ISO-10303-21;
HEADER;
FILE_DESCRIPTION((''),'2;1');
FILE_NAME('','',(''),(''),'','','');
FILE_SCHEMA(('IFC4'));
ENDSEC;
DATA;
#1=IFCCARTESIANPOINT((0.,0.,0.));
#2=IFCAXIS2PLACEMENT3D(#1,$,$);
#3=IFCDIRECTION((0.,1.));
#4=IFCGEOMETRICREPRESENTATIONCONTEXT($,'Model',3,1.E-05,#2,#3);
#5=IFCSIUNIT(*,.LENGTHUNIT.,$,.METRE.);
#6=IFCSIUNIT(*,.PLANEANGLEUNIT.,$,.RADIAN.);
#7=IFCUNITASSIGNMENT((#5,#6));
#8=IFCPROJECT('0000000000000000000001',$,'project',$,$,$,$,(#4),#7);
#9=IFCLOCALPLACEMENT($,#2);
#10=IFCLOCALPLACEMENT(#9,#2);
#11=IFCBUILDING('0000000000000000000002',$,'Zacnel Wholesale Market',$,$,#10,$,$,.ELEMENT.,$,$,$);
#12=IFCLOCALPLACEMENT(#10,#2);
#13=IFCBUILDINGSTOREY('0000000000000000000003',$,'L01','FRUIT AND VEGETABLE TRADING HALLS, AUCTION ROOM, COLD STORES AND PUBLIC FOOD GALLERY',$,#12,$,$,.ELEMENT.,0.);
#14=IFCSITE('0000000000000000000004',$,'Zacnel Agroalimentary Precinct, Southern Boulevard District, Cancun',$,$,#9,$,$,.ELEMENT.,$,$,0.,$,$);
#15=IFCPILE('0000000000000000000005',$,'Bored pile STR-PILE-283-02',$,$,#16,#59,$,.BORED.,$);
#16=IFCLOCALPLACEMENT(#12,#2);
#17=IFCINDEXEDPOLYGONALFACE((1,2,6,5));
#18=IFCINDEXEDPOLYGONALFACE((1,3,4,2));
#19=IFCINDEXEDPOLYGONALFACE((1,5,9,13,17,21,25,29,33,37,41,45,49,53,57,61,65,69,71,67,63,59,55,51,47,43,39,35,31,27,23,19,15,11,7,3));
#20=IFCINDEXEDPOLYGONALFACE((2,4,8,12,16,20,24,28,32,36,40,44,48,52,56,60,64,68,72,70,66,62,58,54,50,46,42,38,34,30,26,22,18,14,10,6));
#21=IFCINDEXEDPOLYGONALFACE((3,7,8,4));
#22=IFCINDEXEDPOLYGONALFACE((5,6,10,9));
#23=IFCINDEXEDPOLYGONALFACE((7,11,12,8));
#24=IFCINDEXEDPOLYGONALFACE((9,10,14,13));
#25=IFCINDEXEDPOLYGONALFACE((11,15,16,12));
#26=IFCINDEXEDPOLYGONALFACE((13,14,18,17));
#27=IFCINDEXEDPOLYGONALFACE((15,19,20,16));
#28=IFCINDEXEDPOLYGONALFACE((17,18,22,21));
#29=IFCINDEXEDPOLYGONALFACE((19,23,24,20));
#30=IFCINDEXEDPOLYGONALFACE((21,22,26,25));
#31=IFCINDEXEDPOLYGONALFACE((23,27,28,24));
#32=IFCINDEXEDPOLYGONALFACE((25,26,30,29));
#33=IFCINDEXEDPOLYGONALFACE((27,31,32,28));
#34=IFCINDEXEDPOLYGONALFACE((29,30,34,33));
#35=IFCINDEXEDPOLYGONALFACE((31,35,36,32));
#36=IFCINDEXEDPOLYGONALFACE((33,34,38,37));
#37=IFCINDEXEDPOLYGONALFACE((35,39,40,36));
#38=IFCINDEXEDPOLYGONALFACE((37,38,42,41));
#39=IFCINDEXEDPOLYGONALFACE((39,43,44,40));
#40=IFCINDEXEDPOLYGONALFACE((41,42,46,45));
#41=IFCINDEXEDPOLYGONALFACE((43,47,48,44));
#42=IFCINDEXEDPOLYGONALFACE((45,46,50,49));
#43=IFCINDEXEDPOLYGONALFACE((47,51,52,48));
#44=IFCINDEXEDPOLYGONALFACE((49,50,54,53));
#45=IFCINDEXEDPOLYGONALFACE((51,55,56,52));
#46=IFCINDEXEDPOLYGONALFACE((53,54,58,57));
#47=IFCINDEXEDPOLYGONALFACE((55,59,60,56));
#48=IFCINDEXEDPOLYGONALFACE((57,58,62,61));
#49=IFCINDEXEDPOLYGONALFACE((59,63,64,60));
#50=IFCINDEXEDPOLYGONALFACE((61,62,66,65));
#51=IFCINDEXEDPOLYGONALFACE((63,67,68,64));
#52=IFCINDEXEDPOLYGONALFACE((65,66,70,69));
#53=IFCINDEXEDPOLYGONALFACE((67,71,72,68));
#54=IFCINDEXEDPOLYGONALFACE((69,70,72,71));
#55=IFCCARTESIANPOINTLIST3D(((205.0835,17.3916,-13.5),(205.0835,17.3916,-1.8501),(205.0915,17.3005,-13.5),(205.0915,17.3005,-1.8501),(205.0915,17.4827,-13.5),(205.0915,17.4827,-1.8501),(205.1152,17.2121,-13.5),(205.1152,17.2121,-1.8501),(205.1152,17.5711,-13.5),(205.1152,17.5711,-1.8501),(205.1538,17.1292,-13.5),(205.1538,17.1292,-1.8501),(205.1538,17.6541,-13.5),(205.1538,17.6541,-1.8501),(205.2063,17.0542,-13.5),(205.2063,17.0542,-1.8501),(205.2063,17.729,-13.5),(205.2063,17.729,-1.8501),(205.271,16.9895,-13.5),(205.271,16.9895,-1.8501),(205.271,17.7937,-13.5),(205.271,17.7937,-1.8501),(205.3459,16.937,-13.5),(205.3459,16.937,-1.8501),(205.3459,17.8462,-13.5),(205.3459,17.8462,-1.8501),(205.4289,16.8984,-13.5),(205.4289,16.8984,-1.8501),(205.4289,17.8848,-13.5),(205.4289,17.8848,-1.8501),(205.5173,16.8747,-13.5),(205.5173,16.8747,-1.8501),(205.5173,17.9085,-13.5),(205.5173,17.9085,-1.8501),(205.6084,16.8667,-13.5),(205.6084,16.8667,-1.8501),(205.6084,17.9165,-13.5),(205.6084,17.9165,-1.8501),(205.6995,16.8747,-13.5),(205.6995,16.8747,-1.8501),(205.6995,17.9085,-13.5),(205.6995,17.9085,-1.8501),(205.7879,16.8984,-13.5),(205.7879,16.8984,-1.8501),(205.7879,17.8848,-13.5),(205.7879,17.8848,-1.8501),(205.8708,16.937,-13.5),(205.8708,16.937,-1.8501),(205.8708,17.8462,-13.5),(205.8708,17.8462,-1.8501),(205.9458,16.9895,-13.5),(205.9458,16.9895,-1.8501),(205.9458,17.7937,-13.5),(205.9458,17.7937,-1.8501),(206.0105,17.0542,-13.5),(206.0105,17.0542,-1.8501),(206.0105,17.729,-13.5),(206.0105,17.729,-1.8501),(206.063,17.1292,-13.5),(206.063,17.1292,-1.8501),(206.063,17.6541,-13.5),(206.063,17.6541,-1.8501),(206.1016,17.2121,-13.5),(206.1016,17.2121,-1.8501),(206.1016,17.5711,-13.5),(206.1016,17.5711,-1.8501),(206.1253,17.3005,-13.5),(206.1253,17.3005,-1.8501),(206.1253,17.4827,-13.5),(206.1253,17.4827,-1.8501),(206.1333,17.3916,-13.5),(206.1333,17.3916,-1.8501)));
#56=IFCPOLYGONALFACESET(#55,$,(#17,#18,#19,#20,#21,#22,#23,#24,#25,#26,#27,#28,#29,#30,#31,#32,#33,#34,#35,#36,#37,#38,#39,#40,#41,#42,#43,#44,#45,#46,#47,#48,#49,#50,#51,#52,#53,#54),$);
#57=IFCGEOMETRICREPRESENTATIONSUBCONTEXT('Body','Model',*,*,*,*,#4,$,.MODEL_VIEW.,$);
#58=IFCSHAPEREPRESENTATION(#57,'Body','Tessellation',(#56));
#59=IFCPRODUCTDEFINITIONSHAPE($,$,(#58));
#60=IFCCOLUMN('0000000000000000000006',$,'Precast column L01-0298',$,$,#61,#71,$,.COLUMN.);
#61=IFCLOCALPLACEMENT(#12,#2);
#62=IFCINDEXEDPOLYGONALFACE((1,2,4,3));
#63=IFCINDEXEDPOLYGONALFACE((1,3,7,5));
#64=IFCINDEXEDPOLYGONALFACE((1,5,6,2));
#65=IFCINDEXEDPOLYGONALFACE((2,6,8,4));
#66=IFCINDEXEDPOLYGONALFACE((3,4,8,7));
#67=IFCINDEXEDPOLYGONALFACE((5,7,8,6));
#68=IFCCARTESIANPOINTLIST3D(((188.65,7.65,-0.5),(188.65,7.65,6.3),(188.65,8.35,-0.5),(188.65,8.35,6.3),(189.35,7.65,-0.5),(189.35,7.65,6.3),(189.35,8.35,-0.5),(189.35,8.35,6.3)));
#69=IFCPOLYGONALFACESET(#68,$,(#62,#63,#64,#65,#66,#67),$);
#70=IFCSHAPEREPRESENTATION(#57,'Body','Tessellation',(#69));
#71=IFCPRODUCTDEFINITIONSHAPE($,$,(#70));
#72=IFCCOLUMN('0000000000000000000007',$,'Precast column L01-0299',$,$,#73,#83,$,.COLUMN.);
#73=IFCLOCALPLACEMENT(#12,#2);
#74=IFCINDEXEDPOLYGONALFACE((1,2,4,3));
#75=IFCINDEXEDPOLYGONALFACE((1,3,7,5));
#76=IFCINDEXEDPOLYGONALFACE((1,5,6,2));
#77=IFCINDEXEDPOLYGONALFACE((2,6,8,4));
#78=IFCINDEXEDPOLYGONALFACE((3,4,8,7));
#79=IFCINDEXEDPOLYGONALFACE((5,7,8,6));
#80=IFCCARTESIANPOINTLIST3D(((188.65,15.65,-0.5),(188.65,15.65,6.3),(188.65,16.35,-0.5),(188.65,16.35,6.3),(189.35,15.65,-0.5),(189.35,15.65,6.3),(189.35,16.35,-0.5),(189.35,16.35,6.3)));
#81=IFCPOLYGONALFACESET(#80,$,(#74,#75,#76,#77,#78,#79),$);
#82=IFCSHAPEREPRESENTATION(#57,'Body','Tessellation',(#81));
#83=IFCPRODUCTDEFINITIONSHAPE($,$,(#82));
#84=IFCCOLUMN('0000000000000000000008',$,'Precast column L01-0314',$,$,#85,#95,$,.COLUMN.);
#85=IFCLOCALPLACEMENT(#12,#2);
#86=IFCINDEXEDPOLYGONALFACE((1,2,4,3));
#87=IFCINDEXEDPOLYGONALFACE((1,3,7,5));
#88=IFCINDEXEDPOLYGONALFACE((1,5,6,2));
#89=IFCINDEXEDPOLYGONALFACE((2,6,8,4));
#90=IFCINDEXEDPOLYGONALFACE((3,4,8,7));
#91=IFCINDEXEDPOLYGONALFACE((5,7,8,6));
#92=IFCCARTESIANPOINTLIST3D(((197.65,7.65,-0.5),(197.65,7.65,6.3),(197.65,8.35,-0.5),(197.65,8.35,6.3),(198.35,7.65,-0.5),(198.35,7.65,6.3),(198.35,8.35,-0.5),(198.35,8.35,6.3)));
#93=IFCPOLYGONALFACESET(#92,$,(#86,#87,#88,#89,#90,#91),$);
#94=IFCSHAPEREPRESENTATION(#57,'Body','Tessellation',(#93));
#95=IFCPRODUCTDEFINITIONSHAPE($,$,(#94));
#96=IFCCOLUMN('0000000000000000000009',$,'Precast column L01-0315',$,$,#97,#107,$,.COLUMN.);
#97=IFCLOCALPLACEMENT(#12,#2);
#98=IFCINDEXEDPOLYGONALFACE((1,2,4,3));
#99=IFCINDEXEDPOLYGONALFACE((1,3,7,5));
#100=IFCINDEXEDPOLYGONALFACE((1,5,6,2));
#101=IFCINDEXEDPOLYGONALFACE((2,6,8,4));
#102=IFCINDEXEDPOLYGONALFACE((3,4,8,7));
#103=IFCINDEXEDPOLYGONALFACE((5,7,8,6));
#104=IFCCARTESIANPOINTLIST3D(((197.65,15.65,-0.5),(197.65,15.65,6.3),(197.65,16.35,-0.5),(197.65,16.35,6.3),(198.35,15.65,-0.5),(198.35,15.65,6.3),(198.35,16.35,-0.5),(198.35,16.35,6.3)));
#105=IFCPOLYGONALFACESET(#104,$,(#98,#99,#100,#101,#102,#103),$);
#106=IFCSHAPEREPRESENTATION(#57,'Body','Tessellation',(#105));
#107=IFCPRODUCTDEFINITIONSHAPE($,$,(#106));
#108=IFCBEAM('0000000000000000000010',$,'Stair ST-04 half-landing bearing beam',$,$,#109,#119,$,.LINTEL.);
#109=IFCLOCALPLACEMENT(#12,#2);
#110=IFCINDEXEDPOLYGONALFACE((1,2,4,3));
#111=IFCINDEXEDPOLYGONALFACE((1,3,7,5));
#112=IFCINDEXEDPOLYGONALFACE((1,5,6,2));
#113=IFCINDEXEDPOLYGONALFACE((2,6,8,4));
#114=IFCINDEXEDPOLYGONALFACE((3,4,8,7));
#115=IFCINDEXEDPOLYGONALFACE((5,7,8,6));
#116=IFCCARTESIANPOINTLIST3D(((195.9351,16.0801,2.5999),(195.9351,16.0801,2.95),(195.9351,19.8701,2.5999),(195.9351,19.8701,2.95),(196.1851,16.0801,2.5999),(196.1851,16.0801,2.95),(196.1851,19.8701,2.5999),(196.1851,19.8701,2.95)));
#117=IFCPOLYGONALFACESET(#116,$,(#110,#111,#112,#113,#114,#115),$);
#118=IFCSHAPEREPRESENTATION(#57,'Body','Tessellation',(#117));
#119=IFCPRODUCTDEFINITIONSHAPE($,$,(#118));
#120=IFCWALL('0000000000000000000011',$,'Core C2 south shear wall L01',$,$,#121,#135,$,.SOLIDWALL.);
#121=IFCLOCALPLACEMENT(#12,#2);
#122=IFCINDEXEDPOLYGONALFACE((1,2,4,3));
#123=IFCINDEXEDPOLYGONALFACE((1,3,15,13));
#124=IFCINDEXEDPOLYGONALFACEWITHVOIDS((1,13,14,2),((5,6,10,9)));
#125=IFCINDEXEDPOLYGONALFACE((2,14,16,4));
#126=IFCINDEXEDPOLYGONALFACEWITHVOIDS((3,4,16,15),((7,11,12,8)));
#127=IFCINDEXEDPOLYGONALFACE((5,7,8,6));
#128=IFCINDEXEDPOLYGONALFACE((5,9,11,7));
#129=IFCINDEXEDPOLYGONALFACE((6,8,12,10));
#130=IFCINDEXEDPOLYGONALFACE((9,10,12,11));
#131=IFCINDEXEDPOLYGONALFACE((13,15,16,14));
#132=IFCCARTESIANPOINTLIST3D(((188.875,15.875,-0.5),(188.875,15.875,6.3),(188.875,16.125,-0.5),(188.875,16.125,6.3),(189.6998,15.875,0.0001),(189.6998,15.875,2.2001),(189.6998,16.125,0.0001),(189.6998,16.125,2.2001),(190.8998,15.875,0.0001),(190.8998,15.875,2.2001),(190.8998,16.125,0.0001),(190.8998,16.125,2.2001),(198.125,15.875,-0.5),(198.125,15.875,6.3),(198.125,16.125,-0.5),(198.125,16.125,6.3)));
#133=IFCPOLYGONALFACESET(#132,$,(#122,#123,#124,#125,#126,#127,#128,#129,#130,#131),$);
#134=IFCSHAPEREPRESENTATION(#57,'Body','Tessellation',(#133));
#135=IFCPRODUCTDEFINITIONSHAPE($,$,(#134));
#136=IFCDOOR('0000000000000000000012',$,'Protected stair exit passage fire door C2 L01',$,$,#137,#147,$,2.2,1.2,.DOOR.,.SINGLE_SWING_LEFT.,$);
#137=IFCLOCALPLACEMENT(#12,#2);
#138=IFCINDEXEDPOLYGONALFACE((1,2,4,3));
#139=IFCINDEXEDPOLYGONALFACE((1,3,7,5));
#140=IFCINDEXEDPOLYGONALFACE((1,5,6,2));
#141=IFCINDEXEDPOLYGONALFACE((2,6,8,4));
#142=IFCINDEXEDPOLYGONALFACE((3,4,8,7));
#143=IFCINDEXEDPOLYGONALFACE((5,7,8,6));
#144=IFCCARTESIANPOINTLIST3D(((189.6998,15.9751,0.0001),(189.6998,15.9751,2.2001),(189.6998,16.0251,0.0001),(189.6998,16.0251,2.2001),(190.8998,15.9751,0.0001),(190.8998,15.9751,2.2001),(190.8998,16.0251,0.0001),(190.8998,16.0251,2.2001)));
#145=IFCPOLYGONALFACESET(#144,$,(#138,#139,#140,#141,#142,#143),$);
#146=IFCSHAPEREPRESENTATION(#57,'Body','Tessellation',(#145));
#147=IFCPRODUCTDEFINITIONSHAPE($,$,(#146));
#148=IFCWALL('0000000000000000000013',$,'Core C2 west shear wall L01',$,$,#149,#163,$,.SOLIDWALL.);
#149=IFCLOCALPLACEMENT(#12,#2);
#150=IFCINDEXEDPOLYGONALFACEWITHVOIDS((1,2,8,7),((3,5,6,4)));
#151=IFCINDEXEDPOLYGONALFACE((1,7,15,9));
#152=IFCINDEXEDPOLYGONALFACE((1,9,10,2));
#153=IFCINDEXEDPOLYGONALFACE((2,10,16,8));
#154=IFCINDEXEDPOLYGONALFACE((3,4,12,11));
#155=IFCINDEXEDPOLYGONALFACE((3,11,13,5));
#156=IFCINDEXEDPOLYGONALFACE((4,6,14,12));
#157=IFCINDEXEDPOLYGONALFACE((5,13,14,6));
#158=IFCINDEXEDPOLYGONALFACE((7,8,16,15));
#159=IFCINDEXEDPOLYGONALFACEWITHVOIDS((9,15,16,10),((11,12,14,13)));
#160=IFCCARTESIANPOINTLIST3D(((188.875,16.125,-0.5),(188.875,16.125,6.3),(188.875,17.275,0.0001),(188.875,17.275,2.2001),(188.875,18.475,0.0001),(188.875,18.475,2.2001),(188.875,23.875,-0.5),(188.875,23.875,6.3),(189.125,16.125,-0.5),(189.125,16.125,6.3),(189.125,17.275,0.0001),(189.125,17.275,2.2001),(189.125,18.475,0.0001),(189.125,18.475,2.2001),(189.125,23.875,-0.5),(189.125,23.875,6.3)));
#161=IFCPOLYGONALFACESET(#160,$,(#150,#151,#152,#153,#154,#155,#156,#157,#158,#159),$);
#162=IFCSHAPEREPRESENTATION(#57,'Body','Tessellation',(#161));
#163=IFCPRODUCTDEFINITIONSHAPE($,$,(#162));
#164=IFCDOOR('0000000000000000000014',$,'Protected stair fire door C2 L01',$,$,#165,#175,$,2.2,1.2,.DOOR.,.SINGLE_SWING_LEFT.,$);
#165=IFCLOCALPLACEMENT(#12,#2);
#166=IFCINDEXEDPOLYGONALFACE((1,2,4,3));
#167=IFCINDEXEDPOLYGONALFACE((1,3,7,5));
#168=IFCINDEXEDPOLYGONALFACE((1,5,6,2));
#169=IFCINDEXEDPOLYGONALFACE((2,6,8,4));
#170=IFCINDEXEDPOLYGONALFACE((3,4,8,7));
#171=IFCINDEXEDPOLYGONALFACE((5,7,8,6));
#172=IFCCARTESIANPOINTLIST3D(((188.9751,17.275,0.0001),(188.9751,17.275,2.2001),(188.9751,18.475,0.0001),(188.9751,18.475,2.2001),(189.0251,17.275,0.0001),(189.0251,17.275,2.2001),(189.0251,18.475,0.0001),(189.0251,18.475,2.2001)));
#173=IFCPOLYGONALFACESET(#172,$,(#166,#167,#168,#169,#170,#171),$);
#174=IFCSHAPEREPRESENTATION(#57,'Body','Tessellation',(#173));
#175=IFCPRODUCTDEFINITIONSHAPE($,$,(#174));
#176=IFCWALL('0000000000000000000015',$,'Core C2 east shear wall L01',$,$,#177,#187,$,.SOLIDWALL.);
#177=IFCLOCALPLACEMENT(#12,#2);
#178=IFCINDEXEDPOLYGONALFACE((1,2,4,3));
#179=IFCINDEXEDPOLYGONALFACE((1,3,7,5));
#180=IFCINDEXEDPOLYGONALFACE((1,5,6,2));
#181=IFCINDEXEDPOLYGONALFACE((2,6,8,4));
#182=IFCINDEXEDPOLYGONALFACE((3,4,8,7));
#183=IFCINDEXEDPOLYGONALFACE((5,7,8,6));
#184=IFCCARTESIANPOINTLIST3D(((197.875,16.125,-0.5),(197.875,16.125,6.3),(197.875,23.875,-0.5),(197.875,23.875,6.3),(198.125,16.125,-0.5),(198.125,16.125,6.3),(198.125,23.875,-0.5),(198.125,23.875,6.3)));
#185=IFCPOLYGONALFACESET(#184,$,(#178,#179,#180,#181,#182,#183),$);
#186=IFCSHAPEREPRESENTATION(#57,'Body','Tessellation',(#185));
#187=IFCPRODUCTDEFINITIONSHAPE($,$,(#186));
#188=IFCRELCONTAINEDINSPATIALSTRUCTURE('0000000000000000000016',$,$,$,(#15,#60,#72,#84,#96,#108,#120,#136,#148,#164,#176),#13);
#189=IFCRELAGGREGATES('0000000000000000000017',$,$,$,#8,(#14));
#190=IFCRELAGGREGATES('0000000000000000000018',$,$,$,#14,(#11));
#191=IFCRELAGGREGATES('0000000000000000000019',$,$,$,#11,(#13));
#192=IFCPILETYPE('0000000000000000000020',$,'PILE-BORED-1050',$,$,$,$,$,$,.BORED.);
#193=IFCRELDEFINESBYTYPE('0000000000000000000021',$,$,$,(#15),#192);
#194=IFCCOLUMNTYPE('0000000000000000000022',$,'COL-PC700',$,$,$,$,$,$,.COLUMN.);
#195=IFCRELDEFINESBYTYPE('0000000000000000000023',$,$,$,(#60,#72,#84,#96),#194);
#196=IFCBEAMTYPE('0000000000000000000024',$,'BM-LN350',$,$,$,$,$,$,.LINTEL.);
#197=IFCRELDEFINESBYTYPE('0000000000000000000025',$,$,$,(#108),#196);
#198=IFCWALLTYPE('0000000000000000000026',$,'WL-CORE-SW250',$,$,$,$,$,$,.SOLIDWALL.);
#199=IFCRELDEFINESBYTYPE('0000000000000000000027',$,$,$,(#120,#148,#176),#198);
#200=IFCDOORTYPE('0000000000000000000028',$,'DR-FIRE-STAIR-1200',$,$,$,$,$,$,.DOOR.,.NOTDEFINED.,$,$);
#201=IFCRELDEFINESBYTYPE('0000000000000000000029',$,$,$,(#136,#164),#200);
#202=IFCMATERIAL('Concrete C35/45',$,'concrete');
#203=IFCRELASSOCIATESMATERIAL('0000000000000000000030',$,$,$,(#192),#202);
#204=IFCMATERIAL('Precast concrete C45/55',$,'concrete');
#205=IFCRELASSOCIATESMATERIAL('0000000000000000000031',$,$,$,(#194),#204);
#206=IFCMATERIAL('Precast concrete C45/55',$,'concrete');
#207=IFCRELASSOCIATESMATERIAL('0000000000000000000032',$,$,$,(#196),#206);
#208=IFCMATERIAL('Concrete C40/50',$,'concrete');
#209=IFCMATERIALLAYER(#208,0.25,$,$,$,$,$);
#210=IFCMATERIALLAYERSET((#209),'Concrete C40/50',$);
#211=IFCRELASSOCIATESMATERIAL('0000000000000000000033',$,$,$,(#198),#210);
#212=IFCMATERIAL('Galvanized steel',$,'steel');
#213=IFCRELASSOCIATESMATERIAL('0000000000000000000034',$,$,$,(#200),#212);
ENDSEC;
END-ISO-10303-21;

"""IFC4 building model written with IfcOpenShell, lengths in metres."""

from ifc_helpers import new_model, si_unit, direction, frame, frame_2d, origin, origin_2d, place, context, subcontext, project, spatial, rectangle, circle, extrude, material, layer, layer_set, material_profile, profile_set, type_object, element, fill, save


model = new_model("IFC4")

# Units and contexts
model_context = context("Model", 3, precision=1e-05, world=origin(), true_north=direction((0.0, 1.0)))
body_context = subcontext(model_context, "Body", "Model", "MODEL_VIEW")
ifc_project = project(units=[si_unit("LENGTHUNIT", "METRE"), si_unit("PLANEANGLEUNIT", "RADIAN")], contexts=[model_context])

# Site, building, storey
site_placement = place(None, origin())
site = spatial("IfcSite", under=ifc_project, at=site_placement, Name="Zacnel Agroalimentary Precinct, Southern Boulevard District, Cancun", CompositionType="ELEMENT", RefElevation=0.0)
building_placement = place(site_placement, origin())
building = spatial("IfcBuilding", under=site, at=building_placement, Name="Zacnel Wholesale Market", CompositionType="ELEMENT")
storey_placement = place(building_placement, origin())
storey = spatial("IfcBuildingStorey", under=building, at=storey_placement, Name="L01", Description="FRUIT AND VEGETABLE TRADING HALLS, AUCTION ROOM, COLD STORES AND PUBLIC FOOD GALLERY", CompositionType="ELEMENT", Elevation=0.0)

# Pile
ifc_material_1 = material(Name="Concrete C35/45", Category="concrete")
ifc_material_profile_1 = material_profile(ifc_material_1, circle(Radius=0.5249, at=origin_2d()), Name="BORED PILE D1050")
ifc_profile_set_1 = profile_set([ifc_material_profile_1], Name="Concrete C35/45")
pile_type = type_object("IfcPileType", Name="PILE-BORED-1050", PredefinedType="BORED", material=ifc_profile_set_1)
for number, where, z_axis, x_axis, name in (
    (1, (205.6084, 17.3916, -1.8501), (0.0, 0.0, -1.0), (1.0, 0.0, 0.0), "Bored pile STR-PILE-283-02"),
):
    element("IfcPile", number, at=place(storey_placement, frame(where, z_axis=z_axis, x_axis=x_axis)), inside=storey, type_object=pile_type, Name=name, PredefinedType="BORED", context=body_context, shape_type="SweptSolid", body=[
        extrude(circle(Radius=0.5249, at=origin_2d()), origin(), (0.0, 0.0, 1.0), 11.6499),
    ])

# Columns
ifc_material_2 = material(Name="Precast concrete C45/55", Category="concrete")
ifc_material_profile_2 = material_profile(ifc_material_2, rectangle(XDim=0.7, YDim=0.7, at=origin_2d()), Name="PC 700x700")
ifc_profile_set_2 = profile_set([ifc_material_profile_2], Name="Precast concrete C45/55")
column_type = type_object("IfcColumnType", Name="COL-PC700", PredefinedType="COLUMN", material=ifc_profile_set_2)
for number, where, z_axis, x_axis, name in (
    (2, (189.0, 8.0, -0.5), (0.0, 0.0, 1.0), (1.0, 0.0, 0.0), "Precast column L01-0298"),
    (3, (189.0, 16.0, -0.5), (0.0, 0.0, 1.0), (1.0, 0.0, 0.0), "Precast column L01-0299"),
    (4, (198.0, 8.0, -0.5), (0.0, 0.0, 1.0), (1.0, 0.0, 0.0), "Precast column L01-0314"),
    (5, (198.0, 16.0, -0.5), (0.0, 0.0, 1.0), (1.0, 0.0, 0.0), "Precast column L01-0315"),
):
    element("IfcColumn", number, at=place(storey_placement, frame(where, z_axis=z_axis, x_axis=x_axis)), inside=storey, type_object=column_type, Name=name, PredefinedType="COLUMN", context=body_context, shape_type="SweptSolid", body=[
        extrude(rectangle(XDim=0.7, YDim=0.7, at=origin_2d()), origin(), (0.0, 0.0, 1.0), 6.8),
    ])

# Beam
ifc_material_3 = material(Name="Precast concrete C45/55", Category="concrete")
ifc_material_profile_3 = material_profile(ifc_material_3, rectangle(XDim=0.25, YDim=0.3501, at=origin_2d()), Name="LN 250x350")
ifc_profile_set_3 = profile_set([ifc_material_profile_3], Name="Precast concrete C45/55")
beam_type = type_object("IfcBeamType", Name="BM-LN350", PredefinedType="LINTEL", material=ifc_profile_set_3)
beam_placement = place(storey_placement, frame((196.0601, 16.0801, 2.7749), z_axis=(0.0, 1.0, 0.0), x_axis=(-1.0, 0.0, 0.0)))
element("IfcBeam", 6, at=beam_placement, inside=storey, type_object=beam_type, Name="Stair ST-04 half-landing bearing beam", PredefinedType="LINTEL", context=body_context, shape_type="SweptSolid", body=[
    extrude(rectangle(XDim=0.25, YDim=0.3501, at=origin_2d()), origin(), (0.0, 0.0, 1.0), 3.79),
])

# Walls, openings, doors
ifc_material_4 = material(Name="Concrete C40/50", Category="concrete")
ifc_layer_1 = layer(ifc_material_4, 0.25)
ifc_layer_set_1 = layer_set([ifc_layer_1], Name="Concrete C40/50")
wall_type_1 = type_object("IfcWallType", Name="WL-CORE-SW250", PredefinedType="SOLIDWALL", material=ifc_layer_set_1)
wall_1_placement = place(storey_placement, frame((198.125, 16.0, -0.5), z_axis=(0.0, 0.0, 1.0), x_axis=(-1.0, 0.0, 0.0)))
wall_1 = element("IfcWall", 7, at=wall_1_placement, inside=storey, type_object=wall_type_1, Name="Core C2 south shear wall L01", PredefinedType="SOLIDWALL", context=body_context, shape_type="SweptSolid", body=[
    extrude(rectangle(XDim=9.25, YDim=0.25, at=frame_2d((4.625, 0.0))), origin(), (0.0, 0.0, 1.0), 6.8),
])
opening_1_placement = place(wall_1_placement, frame((7.2251, 0.0, 0.5)))
opening_1 = element("IfcOpeningElement", 8, at=opening_1_placement, cuts=wall_1, PredefinedType="OPENING", context=body_context, shape_type="SweptSolid", body=[
    extrude(rectangle(XDim=1.2, YDim=2.2, at=frame_2d((0.6001, 1.1001))), frame((0.0, 0.135, 0.0), z_axis=(0.0, -1.0, 0.0), x_axis=(1.0, 0.0, 0.0)), (0.0, 0.0, 1.0), 0.27),
])
ifc_material_5 = material(Name="Galvanized steel", Category="steel")
door_type = type_object("IfcDoorType", Name="DR-FIRE-STAIR-1200", OperationType="NOTDEFINED", PredefinedType="DOOR", material=ifc_material_5)
door_1_placement = place(opening_1_placement, origin())
door_1 = element("IfcDoor", 9, at=door_1_placement, inside=storey, type_object=door_type, Name="Protected stair exit passage fire door C2 L01", OperationType="SINGLE_SWING_LEFT", OverallHeight=2.2, OverallWidth=1.2, PredefinedType="DOOR", context=body_context, shape_type="SweptSolid", body=[
    extrude(rectangle(XDim=1.2, YDim=2.2, at=frame_2d((0.6001, 1.1001))), frame((0.0, 0.0249, 0.0), z_axis=(0.0, -1.0, 0.0), x_axis=(1.0, 0.0, 0.0)), (0.0, 0.0, 1.0), 0.05),
])
fill(opening_1, door_1)
wall_2_placement = place(storey_placement, frame((189.0, 16.125, -0.5), z_axis=(0.0, 0.0, 1.0), x_axis=(0.0, 1.0, 0.0)))
wall_2 = element("IfcWall", 10, at=wall_2_placement, inside=storey, type_object=wall_type_1, Name="Core C2 west shear wall L01", PredefinedType="SOLIDWALL", context=body_context, shape_type="SweptSolid", body=[
    extrude(rectangle(XDim=7.75, YDim=0.25, at=frame_2d((3.875, 0.0))), origin(), (0.0, 0.0, 1.0), 6.8),
])
opening_2_placement = place(wall_2_placement, frame((1.1499, 0.0, 0.5)))
opening_2 = element("IfcOpeningElement", 11, at=opening_2_placement, cuts=wall_2, PredefinedType="OPENING", context=body_context, shape_type="SweptSolid", body=[
    extrude(rectangle(XDim=1.2, YDim=2.2, at=frame_2d((0.6001, 1.1001))), frame((0.0, 0.135, 0.0), z_axis=(0.0, -1.0, 0.0), x_axis=(1.0, 0.0, 0.0)), (0.0, 0.0, 1.0), 0.27),
])
door_2_placement = place(opening_2_placement, origin())
door_2 = element("IfcDoor", 12, at=door_2_placement, inside=storey, type_object=door_type, Name="Protected stair fire door C2 L01", OperationType="SINGLE_SWING_LEFT", OverallHeight=2.2, OverallWidth=1.2, PredefinedType="DOOR", context=body_context, shape_type="SweptSolid", body=[
    extrude(rectangle(XDim=1.2, YDim=2.2, at=frame_2d((0.6001, 1.1001))), frame((0.0, 0.0249, 0.0), z_axis=(0.0, -1.0, 0.0), x_axis=(1.0, 0.0, 0.0)), (0.0, 0.0, 1.0), 0.05),
])
fill(opening_2, door_2)

# Wall
wall_3_placement = place(storey_placement, frame((198.0, 16.125, -0.5), z_axis=(0.0, 0.0, 1.0), x_axis=(0.0, 1.0, 0.0)))
element("IfcWall", 13, at=wall_3_placement, inside=storey, type_object=wall_type_1, Name="Core C2 east shear wall L01", PredefinedType="SOLIDWALL", context=body_context, shape_type="SweptSolid", body=[
    extrude(rectangle(XDim=7.75, YDim=0.25, at=frame_2d((3.875, 0.0))), origin(), (0.0, 0.0, 1.0), 6.8),
])

save(model, "model.ifc")
